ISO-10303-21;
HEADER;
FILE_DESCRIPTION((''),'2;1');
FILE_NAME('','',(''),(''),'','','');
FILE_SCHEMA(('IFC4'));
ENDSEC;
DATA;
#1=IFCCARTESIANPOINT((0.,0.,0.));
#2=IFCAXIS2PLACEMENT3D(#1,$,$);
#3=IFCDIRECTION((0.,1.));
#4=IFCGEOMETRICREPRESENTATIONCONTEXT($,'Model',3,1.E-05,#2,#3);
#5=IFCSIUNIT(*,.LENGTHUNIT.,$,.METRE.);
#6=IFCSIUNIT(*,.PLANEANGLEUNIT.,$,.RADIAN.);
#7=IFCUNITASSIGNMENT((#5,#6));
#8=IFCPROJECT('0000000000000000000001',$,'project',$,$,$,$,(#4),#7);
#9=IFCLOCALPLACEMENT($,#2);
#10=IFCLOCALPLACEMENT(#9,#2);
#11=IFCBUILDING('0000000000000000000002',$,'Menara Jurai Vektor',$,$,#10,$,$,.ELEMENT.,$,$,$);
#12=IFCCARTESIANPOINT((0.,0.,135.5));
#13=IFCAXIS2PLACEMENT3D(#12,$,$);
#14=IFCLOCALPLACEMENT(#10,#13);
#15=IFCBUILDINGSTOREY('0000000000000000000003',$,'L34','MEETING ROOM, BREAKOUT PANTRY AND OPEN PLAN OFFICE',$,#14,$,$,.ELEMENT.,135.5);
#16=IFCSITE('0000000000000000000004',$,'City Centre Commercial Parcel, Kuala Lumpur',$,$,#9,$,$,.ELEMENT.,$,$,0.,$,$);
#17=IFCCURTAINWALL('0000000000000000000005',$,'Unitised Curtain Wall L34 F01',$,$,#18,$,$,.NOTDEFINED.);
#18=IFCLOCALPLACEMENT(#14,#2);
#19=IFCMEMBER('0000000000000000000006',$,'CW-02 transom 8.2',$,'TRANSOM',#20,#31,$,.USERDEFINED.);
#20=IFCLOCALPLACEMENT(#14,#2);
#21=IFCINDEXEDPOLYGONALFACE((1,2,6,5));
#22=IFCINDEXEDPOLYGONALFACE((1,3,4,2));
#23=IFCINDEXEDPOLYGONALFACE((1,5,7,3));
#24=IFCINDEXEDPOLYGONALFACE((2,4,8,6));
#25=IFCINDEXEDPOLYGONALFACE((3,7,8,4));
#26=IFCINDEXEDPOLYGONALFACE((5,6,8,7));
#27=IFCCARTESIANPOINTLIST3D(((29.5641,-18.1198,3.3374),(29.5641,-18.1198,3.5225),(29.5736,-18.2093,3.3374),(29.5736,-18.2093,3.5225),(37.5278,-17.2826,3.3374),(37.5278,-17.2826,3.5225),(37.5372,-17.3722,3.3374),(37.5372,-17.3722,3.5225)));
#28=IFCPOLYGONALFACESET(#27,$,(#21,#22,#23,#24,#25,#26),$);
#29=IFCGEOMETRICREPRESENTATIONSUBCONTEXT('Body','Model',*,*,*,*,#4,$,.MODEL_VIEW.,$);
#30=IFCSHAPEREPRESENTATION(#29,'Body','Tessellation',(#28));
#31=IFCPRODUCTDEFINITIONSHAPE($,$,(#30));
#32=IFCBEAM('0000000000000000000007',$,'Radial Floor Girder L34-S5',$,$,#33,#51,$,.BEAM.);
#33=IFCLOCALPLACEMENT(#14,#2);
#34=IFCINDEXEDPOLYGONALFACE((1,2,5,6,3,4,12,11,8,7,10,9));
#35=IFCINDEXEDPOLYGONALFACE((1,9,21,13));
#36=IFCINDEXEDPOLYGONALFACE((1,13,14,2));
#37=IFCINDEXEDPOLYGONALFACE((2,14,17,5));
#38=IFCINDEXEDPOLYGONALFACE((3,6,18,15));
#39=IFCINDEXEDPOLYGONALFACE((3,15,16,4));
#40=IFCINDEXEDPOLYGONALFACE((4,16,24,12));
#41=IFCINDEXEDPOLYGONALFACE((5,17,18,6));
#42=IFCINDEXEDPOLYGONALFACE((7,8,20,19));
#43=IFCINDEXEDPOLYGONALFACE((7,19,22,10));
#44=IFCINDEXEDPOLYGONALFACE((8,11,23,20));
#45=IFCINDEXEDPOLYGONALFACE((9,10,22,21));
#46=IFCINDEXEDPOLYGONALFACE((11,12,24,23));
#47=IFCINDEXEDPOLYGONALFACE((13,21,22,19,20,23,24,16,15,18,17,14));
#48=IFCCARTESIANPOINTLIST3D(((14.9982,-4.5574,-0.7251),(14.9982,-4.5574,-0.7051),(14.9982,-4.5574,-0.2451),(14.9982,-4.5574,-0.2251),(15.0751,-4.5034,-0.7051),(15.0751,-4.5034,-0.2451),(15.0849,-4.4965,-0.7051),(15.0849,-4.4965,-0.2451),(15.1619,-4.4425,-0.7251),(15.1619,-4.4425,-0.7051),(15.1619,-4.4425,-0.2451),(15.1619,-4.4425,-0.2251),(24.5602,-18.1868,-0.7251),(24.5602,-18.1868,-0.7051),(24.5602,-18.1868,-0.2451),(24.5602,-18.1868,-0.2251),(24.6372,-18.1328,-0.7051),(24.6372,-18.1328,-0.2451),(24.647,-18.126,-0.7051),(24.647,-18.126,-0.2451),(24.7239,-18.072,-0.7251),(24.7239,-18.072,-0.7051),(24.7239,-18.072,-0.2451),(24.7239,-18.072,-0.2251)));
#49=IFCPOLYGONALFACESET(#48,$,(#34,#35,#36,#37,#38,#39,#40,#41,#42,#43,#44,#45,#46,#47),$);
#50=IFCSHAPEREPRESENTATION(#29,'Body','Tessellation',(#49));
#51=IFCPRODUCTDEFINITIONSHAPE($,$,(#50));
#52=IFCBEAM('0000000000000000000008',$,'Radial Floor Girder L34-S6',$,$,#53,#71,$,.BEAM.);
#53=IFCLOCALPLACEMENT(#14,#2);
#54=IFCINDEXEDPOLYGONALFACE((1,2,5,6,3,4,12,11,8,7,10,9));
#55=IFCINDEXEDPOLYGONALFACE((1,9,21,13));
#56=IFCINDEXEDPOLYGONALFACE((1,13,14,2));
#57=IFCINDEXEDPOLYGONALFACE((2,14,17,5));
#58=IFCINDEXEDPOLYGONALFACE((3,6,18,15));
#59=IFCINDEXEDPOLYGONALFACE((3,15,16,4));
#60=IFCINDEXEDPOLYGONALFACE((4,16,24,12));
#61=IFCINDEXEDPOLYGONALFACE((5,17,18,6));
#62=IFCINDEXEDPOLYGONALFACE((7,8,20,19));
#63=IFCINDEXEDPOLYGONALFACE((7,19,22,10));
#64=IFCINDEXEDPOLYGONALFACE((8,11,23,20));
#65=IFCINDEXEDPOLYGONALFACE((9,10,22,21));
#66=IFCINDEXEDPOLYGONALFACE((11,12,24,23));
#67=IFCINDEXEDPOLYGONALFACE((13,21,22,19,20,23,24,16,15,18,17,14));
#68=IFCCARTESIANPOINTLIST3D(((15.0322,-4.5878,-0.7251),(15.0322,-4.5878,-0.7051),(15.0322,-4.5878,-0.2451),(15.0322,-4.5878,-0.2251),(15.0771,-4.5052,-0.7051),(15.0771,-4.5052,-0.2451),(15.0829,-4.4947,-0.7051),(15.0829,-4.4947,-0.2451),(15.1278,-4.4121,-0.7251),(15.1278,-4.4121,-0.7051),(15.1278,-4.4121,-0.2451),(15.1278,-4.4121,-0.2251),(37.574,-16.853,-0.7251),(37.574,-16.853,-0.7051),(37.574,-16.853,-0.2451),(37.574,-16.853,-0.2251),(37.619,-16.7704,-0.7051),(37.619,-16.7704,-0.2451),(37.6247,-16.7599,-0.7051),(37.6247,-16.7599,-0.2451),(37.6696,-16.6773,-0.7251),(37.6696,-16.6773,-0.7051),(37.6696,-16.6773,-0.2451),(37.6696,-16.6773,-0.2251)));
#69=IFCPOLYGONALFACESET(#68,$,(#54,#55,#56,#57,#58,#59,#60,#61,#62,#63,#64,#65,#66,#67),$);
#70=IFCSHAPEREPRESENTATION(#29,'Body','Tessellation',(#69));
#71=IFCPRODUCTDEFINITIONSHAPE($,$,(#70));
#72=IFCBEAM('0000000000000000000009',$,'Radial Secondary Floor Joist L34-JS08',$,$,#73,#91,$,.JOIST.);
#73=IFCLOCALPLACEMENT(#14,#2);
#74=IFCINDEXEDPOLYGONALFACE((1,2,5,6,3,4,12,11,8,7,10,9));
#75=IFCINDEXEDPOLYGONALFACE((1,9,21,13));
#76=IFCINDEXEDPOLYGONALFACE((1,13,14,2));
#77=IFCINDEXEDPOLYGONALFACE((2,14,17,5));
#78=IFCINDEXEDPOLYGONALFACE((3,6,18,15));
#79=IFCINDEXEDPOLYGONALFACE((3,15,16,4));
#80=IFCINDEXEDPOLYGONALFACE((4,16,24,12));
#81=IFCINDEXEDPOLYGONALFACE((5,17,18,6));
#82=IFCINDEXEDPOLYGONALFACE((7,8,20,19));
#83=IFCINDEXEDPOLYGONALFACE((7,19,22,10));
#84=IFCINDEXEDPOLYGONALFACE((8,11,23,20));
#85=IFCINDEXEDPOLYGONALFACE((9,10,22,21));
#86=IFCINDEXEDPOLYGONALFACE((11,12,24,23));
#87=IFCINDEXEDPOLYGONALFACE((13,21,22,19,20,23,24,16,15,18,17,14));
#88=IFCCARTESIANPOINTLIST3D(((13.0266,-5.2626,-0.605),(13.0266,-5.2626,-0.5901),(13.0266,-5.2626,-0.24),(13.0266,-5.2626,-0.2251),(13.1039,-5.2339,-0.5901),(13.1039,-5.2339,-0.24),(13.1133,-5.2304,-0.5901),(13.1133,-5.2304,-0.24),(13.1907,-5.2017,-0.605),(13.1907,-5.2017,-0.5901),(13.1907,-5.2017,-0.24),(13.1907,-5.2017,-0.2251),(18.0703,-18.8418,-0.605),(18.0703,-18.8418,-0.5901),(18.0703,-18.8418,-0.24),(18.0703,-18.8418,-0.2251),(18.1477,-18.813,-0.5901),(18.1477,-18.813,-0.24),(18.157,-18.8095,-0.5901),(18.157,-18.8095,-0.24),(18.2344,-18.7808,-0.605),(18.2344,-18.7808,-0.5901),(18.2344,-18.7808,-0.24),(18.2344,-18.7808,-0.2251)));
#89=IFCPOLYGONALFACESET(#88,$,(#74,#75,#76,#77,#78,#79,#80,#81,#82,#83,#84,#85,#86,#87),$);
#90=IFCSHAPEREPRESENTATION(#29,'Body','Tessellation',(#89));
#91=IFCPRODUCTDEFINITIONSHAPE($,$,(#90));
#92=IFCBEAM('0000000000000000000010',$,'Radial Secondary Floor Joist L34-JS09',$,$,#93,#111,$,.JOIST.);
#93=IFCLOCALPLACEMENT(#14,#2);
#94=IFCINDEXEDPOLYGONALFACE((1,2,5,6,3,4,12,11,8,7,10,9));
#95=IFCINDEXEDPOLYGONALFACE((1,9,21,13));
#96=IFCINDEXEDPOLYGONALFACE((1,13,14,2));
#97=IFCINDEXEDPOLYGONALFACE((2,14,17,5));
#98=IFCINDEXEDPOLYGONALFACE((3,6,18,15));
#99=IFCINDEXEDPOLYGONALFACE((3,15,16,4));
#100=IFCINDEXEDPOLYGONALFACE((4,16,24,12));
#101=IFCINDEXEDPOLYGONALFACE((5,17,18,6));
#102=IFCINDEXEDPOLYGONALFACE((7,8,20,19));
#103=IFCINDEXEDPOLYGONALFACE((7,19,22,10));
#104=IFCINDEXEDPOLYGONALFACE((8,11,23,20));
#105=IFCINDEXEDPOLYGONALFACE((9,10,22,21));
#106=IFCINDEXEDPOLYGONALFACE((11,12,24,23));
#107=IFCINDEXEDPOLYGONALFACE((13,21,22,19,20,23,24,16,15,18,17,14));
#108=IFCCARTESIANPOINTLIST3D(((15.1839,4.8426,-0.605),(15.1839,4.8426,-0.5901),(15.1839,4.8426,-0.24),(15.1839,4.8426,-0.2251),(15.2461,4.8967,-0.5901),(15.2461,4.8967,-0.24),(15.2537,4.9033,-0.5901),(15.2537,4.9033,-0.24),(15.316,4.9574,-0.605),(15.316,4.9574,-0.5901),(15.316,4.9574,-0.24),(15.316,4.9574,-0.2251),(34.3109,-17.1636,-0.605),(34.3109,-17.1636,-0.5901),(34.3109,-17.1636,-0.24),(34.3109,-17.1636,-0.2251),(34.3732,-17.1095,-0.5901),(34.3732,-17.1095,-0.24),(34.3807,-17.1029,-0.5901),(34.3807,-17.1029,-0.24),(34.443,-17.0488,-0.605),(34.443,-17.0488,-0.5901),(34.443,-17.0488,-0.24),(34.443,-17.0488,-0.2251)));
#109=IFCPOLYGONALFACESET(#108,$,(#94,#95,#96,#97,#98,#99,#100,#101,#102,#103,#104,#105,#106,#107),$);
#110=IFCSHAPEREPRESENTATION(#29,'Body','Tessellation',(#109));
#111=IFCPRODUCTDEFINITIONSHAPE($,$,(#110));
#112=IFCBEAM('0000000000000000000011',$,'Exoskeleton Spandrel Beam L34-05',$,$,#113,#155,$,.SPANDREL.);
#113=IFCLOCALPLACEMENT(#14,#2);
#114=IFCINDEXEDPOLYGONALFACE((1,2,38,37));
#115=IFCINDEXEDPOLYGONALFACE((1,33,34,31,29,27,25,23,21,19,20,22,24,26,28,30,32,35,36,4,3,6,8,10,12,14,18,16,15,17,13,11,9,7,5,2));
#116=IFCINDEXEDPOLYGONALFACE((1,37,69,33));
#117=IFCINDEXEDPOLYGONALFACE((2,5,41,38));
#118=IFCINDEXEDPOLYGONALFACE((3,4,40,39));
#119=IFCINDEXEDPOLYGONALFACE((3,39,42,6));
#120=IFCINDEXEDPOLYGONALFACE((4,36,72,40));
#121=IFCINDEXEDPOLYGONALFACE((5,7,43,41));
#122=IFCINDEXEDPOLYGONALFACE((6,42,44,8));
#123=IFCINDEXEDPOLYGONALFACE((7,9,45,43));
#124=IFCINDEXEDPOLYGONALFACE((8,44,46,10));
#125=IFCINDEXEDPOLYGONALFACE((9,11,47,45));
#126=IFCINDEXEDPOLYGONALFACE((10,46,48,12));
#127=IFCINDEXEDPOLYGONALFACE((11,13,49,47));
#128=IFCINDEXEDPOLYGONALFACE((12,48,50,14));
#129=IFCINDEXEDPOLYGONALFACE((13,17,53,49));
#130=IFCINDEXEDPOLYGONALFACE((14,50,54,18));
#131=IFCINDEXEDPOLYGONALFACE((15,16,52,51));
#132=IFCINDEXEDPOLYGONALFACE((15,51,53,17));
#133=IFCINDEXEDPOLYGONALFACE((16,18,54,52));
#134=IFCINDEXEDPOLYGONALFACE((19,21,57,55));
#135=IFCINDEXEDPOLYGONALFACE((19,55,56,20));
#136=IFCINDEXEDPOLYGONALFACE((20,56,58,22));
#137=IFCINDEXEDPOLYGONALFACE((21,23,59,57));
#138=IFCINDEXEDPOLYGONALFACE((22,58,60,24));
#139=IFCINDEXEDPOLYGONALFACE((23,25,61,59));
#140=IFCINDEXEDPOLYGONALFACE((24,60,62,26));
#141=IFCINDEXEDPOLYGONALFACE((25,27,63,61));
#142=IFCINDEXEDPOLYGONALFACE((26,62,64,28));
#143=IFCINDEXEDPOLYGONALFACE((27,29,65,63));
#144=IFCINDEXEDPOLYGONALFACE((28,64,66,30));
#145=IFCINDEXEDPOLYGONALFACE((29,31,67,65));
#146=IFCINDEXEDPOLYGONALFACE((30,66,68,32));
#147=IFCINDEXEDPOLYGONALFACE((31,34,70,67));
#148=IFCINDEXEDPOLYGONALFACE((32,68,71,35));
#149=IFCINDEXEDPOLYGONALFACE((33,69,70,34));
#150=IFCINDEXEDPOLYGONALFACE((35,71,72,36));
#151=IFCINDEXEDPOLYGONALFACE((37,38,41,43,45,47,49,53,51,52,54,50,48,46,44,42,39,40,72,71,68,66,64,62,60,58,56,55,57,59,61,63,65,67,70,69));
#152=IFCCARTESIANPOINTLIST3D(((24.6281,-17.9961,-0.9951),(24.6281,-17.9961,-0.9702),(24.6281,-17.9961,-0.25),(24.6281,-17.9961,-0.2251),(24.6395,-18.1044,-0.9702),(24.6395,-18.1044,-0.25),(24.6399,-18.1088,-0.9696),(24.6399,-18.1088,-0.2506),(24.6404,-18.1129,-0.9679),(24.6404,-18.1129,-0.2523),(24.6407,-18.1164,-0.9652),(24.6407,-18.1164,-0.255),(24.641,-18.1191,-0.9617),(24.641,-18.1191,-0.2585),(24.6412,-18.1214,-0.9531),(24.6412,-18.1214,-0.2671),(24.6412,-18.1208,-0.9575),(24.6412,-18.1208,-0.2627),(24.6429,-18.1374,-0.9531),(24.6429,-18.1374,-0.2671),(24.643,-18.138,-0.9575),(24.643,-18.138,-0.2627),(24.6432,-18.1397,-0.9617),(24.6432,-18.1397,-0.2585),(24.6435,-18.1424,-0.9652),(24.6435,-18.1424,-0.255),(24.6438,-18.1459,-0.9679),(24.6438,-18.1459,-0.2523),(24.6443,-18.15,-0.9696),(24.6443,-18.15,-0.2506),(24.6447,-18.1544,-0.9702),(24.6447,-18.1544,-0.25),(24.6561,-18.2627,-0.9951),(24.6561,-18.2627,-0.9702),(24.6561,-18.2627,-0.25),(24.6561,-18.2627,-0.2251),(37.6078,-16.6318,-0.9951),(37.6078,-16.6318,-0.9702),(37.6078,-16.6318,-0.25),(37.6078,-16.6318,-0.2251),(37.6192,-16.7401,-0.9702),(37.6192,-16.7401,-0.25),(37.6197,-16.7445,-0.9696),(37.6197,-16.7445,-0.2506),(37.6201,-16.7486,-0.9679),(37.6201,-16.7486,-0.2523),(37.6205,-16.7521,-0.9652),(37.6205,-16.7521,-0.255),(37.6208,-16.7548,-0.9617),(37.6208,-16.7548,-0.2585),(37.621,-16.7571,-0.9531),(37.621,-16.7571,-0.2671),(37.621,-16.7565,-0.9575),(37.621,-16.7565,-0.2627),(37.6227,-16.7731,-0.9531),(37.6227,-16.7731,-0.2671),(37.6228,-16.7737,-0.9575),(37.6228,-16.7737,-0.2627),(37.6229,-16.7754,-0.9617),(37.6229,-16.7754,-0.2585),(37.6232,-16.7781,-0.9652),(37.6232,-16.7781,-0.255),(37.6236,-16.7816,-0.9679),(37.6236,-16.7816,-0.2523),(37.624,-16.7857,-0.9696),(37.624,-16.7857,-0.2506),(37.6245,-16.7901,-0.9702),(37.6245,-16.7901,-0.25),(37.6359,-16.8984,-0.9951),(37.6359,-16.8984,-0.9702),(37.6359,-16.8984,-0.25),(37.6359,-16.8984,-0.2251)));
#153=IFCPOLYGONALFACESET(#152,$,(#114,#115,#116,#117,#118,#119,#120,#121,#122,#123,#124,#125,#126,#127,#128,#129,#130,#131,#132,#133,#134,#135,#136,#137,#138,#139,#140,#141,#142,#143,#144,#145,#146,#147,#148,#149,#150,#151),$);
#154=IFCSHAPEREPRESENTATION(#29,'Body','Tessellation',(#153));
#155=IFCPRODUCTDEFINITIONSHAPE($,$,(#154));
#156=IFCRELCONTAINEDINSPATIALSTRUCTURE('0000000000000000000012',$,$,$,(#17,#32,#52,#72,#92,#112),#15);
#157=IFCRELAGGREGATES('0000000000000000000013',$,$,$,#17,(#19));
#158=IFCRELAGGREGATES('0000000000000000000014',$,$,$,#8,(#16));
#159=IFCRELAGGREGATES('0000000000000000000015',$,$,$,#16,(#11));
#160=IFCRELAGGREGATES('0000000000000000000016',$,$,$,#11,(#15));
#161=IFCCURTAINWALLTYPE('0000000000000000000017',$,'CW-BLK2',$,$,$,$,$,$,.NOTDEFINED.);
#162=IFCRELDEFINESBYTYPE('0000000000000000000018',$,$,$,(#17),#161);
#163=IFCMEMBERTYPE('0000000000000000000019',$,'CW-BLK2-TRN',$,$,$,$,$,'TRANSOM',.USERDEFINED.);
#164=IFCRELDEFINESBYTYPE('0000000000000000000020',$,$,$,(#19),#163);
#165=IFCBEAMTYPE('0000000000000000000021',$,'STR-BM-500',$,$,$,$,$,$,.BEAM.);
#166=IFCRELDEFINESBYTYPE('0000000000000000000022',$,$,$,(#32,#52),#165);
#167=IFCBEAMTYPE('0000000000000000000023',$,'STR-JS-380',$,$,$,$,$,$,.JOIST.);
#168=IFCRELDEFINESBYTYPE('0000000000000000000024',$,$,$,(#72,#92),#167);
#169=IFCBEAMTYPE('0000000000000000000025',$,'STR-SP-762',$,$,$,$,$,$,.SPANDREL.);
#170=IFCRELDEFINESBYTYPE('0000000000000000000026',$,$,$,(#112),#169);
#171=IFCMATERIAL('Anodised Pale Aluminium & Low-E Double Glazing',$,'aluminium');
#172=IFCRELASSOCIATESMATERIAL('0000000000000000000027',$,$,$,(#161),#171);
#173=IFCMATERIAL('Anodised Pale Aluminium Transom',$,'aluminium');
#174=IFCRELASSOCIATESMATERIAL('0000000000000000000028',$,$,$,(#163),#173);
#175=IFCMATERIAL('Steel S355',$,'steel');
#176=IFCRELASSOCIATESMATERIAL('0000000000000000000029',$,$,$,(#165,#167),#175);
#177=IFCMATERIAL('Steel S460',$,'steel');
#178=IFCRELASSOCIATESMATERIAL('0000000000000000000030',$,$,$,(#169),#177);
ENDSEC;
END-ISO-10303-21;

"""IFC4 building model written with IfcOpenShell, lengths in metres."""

from ifc_helpers import new_model, si_unit, direction, frame, origin, origin_2d, place, context, subcontext, project, spatial, rectangle, i_section, extrude, material, material_profile, profile_set, type_object, element, aggregate, save


model = new_model("IFC4")

# Units and contexts
model_context = context("Model", 3, precision=1e-05, world=origin(), true_north=direction((0.0, 1.0)))
body_context = subcontext(model_context, "Body", "Model", "MODEL_VIEW")
ifc_project = project(units=[si_unit("LENGTHUNIT", "METRE"), si_unit("PLANEANGLEUNIT", "RADIAN")], contexts=[model_context])

# Site, building, storey
site_placement = place(None, origin())
site = spatial("IfcSite", under=ifc_project, at=site_placement, Name="City Centre Commercial Parcel, Kuala Lumpur", CompositionType="ELEMENT", RefElevation=0.0)
building_placement = place(site_placement, origin())
building = spatial("IfcBuilding", under=site, at=building_placement, Name="Menara Jurai Vektor", CompositionType="ELEMENT")
storey_placement = place(building_placement, frame((0.0, 0.0, 135.5)))
storey = spatial("IfcBuildingStorey", under=building, at=storey_placement, Name="L34", Description="MEETING ROOM, BREAKOUT PANTRY AND OPEN PLAN OFFICE", CompositionType="ELEMENT", Elevation=135.5)

# Shared definitions
ifc_material_1 = material(Name="Steel S460", Category="steel")

# Curtain wall
ifc_material_2 = material(Name="Anodised Pale Aluminium & Low-E Double Glazing", Category="aluminium")
curtain_wall_type = type_object("IfcCurtainWallType", Name="CW-BLK2", PredefinedType="NOTDEFINED", material=ifc_material_2)
curtain_wall_1_placement = place(storey_placement, origin())
curtain_wall_1 = element("IfcCurtainWall", 1, at=curtain_wall_1_placement, inside=storey, type_object=curtain_wall_type, Name="Unitised Curtain Wall L34 F01", PredefinedType="NOTDEFINED")

# Member
ifc_material_3 = material(Name="Anodised Pale Aluminium Transom", Category="aluminium")
ifc_material_profile_1 = material_profile(ifc_material_3, rectangle(XDim=0.0901, YDim=0.1851, at=origin_2d()), Name="ALU TRN 90x185")
ifc_profile_set_1 = profile_set([ifc_material_profile_1], Name="Anodised Pale Aluminium Transom")
member_type_1 = type_object("IfcMemberType", Name="CW-BLK2-TRN", ElementType="TRANSOM", PredefinedType="USERDEFINED", material=ifc_profile_set_1)
member_1_placement = place(storey_placement, frame((29.5688, -18.1646, 3.4299), z_axis=(0.99452, 0.104547, 0.0), x_axis=(-0.104547, 0.99452, 0.0)))
member_1 = element("IfcMember", 2, at=member_1_placement, type_object=member_type_1, Name="CW-02 transom 8.2", ObjectType="TRANSOM", PredefinedType="USERDEFINED", context=body_context, shape_type="SweptSolid", body=[
    extrude(rectangle(XDim=0.0901, YDim=0.1851, at=origin_2d()), origin(), (0.0, 0.0, 1.0), 8.0076),
])

# Beams
ifc_material_4 = material(Name="Steel S355", Category="steel")
ifc_material_profile_2 = material_profile(ifc_material_4, i_section(OverallWidth=0.2, OverallDepth=0.5, WebThickness=0.012, FlangeThickness=0.02, at=origin_2d()), Name="PG 500x200x96")
ifc_profile_set_2 = profile_set([ifc_material_profile_2], Name="Steel S355")
beam_type_1 = type_object("IfcBeamType", Name="STR-BM-500", PredefinedType="BEAM", material=ifc_profile_set_2)
beam_1_placement = place(storey_placement, frame((24.6421, -18.1294, -0.4751), z_axis=(-0.574326, 0.818627, 0.0), x_axis=(-0.818627, -0.574326, 0.0)))
element("IfcBeam", 3, at=beam_1_placement, inside=storey, type_object=beam_type_1, Name="Radial Floor Girder L34-S5", PredefinedType="BEAM", context=body_context, shape_type="SweptSolid", body=[
    extrude(i_section(OverallWidth=0.2, OverallDepth=0.5, WebThickness=0.012, FlangeThickness=0.02, at=origin_2d()), origin(), (0.0, 0.0, 1.0), 16.6492),
])
beam_2_placement = place(storey_placement, frame((37.6218, -16.7651, -0.4751), z_axis=(-0.878392, 0.47794, 0.0), x_axis=(-0.47794, -0.878392, 0.0)))
element("IfcBeam", 4, at=beam_2_placement, inside=storey, type_object=beam_type_1, Name="Radial Floor Girder L34-S6", PredefinedType="BEAM", context=body_context, shape_type="SweptSolid", body=[
    extrude(i_section(OverallWidth=0.2, OverallDepth=0.5, WebThickness=0.012, FlangeThickness=0.02, at=origin_2d()), origin(), (0.0, 0.0, 1.0), 25.6626),
])
ifc_material_profile_3 = material_profile(ifc_material_4, i_section(OverallWidth=0.175, OverallDepth=0.3799, WebThickness=0.01, FlangeThickness=0.0149, at=origin_2d()), Name="PG 380x175x58")
ifc_profile_set_3 = profile_set([ifc_material_profile_3], Name="Steel S355")
beam_type_2 = type_object("IfcBeamType", Name="STR-JS-380", PredefinedType="JOIST", material=ifc_profile_set_3)
beam_3_placement = place(storey_placement, frame((18.1523, -18.8113, -0.415), z_axis=(-0.348189, 0.937424, 0.0), x_axis=(-0.937424, -0.348189, 0.0)))
element("IfcBeam", 5, at=beam_3_placement, inside=storey, type_object=beam_type_2, Name="Radial Secondary Floor Joist L34-JS08", PredefinedType="JOIST", context=body_context, shape_type="SweptSolid", body=[
    extrude(i_section(OverallWidth=0.175, OverallDepth=0.3799, WebThickness=0.01, FlangeThickness=0.0149, at=origin_2d()), origin(), (0.0, 0.0, 1.0), 14.4856),
])
beam_4_placement = place(storey_placement, frame((34.377, -17.1062, -0.415), z_axis=(-0.656007, 0.754755, 0.0), x_axis=(-0.754755, -0.656007, 0.0)))
element("IfcBeam", 6, at=beam_4_placement, inside=storey, type_object=beam_type_2, Name="Radial Secondary Floor Joist L34-JS09", PredefinedType="JOIST", context=body_context, shape_type="SweptSolid", body=[
    extrude(i_section(OverallWidth=0.175, OverallDepth=0.3799, WebThickness=0.01, FlangeThickness=0.0149, at=origin_2d()), origin(), (0.0, 0.0, 1.0), 29.1567),
])
ifc_material_profile_4 = material_profile(ifc_material_1, i_section(OverallWidth=0.2681, OverallDepth=0.77, WebThickness=0.0161, FlangeThickness=0.0249, FilletRadius=0.0171, at=origin_2d()), Name="UKB 762x267x197")
ifc_profile_set_4 = profile_set([ifc_material_profile_4], Name="Steel S460")
beam_type_3 = type_object("IfcBeamType", Name="STR-SP-762", PredefinedType="SPANDREL", material=ifc_profile_set_4)
beam_5_placement = place(storey_placement, frame((24.6421, -18.1294, -0.6101), z_axis=(0.994522, 0.104531, 0.0), x_axis=(-0.104531, 0.994522, 0.0)))
element("IfcBeam", 7, at=beam_5_placement, inside=storey, type_object=beam_type_3, Name="Exoskeleton Spandrel Beam L34-05", PredefinedType="SPANDREL", context=body_context, shape_type="SweptSolid", body=[
    extrude(i_section(OverallWidth=0.2681, OverallDepth=0.77, WebThickness=0.0161, FlangeThickness=0.0249, FilletRadius=0.0171, at=origin_2d()), origin(), (0.0, 0.0, 1.0), 13.0513),
])

aggregate(curtain_wall_1, [member_1])

save(model, "model.ifc")
